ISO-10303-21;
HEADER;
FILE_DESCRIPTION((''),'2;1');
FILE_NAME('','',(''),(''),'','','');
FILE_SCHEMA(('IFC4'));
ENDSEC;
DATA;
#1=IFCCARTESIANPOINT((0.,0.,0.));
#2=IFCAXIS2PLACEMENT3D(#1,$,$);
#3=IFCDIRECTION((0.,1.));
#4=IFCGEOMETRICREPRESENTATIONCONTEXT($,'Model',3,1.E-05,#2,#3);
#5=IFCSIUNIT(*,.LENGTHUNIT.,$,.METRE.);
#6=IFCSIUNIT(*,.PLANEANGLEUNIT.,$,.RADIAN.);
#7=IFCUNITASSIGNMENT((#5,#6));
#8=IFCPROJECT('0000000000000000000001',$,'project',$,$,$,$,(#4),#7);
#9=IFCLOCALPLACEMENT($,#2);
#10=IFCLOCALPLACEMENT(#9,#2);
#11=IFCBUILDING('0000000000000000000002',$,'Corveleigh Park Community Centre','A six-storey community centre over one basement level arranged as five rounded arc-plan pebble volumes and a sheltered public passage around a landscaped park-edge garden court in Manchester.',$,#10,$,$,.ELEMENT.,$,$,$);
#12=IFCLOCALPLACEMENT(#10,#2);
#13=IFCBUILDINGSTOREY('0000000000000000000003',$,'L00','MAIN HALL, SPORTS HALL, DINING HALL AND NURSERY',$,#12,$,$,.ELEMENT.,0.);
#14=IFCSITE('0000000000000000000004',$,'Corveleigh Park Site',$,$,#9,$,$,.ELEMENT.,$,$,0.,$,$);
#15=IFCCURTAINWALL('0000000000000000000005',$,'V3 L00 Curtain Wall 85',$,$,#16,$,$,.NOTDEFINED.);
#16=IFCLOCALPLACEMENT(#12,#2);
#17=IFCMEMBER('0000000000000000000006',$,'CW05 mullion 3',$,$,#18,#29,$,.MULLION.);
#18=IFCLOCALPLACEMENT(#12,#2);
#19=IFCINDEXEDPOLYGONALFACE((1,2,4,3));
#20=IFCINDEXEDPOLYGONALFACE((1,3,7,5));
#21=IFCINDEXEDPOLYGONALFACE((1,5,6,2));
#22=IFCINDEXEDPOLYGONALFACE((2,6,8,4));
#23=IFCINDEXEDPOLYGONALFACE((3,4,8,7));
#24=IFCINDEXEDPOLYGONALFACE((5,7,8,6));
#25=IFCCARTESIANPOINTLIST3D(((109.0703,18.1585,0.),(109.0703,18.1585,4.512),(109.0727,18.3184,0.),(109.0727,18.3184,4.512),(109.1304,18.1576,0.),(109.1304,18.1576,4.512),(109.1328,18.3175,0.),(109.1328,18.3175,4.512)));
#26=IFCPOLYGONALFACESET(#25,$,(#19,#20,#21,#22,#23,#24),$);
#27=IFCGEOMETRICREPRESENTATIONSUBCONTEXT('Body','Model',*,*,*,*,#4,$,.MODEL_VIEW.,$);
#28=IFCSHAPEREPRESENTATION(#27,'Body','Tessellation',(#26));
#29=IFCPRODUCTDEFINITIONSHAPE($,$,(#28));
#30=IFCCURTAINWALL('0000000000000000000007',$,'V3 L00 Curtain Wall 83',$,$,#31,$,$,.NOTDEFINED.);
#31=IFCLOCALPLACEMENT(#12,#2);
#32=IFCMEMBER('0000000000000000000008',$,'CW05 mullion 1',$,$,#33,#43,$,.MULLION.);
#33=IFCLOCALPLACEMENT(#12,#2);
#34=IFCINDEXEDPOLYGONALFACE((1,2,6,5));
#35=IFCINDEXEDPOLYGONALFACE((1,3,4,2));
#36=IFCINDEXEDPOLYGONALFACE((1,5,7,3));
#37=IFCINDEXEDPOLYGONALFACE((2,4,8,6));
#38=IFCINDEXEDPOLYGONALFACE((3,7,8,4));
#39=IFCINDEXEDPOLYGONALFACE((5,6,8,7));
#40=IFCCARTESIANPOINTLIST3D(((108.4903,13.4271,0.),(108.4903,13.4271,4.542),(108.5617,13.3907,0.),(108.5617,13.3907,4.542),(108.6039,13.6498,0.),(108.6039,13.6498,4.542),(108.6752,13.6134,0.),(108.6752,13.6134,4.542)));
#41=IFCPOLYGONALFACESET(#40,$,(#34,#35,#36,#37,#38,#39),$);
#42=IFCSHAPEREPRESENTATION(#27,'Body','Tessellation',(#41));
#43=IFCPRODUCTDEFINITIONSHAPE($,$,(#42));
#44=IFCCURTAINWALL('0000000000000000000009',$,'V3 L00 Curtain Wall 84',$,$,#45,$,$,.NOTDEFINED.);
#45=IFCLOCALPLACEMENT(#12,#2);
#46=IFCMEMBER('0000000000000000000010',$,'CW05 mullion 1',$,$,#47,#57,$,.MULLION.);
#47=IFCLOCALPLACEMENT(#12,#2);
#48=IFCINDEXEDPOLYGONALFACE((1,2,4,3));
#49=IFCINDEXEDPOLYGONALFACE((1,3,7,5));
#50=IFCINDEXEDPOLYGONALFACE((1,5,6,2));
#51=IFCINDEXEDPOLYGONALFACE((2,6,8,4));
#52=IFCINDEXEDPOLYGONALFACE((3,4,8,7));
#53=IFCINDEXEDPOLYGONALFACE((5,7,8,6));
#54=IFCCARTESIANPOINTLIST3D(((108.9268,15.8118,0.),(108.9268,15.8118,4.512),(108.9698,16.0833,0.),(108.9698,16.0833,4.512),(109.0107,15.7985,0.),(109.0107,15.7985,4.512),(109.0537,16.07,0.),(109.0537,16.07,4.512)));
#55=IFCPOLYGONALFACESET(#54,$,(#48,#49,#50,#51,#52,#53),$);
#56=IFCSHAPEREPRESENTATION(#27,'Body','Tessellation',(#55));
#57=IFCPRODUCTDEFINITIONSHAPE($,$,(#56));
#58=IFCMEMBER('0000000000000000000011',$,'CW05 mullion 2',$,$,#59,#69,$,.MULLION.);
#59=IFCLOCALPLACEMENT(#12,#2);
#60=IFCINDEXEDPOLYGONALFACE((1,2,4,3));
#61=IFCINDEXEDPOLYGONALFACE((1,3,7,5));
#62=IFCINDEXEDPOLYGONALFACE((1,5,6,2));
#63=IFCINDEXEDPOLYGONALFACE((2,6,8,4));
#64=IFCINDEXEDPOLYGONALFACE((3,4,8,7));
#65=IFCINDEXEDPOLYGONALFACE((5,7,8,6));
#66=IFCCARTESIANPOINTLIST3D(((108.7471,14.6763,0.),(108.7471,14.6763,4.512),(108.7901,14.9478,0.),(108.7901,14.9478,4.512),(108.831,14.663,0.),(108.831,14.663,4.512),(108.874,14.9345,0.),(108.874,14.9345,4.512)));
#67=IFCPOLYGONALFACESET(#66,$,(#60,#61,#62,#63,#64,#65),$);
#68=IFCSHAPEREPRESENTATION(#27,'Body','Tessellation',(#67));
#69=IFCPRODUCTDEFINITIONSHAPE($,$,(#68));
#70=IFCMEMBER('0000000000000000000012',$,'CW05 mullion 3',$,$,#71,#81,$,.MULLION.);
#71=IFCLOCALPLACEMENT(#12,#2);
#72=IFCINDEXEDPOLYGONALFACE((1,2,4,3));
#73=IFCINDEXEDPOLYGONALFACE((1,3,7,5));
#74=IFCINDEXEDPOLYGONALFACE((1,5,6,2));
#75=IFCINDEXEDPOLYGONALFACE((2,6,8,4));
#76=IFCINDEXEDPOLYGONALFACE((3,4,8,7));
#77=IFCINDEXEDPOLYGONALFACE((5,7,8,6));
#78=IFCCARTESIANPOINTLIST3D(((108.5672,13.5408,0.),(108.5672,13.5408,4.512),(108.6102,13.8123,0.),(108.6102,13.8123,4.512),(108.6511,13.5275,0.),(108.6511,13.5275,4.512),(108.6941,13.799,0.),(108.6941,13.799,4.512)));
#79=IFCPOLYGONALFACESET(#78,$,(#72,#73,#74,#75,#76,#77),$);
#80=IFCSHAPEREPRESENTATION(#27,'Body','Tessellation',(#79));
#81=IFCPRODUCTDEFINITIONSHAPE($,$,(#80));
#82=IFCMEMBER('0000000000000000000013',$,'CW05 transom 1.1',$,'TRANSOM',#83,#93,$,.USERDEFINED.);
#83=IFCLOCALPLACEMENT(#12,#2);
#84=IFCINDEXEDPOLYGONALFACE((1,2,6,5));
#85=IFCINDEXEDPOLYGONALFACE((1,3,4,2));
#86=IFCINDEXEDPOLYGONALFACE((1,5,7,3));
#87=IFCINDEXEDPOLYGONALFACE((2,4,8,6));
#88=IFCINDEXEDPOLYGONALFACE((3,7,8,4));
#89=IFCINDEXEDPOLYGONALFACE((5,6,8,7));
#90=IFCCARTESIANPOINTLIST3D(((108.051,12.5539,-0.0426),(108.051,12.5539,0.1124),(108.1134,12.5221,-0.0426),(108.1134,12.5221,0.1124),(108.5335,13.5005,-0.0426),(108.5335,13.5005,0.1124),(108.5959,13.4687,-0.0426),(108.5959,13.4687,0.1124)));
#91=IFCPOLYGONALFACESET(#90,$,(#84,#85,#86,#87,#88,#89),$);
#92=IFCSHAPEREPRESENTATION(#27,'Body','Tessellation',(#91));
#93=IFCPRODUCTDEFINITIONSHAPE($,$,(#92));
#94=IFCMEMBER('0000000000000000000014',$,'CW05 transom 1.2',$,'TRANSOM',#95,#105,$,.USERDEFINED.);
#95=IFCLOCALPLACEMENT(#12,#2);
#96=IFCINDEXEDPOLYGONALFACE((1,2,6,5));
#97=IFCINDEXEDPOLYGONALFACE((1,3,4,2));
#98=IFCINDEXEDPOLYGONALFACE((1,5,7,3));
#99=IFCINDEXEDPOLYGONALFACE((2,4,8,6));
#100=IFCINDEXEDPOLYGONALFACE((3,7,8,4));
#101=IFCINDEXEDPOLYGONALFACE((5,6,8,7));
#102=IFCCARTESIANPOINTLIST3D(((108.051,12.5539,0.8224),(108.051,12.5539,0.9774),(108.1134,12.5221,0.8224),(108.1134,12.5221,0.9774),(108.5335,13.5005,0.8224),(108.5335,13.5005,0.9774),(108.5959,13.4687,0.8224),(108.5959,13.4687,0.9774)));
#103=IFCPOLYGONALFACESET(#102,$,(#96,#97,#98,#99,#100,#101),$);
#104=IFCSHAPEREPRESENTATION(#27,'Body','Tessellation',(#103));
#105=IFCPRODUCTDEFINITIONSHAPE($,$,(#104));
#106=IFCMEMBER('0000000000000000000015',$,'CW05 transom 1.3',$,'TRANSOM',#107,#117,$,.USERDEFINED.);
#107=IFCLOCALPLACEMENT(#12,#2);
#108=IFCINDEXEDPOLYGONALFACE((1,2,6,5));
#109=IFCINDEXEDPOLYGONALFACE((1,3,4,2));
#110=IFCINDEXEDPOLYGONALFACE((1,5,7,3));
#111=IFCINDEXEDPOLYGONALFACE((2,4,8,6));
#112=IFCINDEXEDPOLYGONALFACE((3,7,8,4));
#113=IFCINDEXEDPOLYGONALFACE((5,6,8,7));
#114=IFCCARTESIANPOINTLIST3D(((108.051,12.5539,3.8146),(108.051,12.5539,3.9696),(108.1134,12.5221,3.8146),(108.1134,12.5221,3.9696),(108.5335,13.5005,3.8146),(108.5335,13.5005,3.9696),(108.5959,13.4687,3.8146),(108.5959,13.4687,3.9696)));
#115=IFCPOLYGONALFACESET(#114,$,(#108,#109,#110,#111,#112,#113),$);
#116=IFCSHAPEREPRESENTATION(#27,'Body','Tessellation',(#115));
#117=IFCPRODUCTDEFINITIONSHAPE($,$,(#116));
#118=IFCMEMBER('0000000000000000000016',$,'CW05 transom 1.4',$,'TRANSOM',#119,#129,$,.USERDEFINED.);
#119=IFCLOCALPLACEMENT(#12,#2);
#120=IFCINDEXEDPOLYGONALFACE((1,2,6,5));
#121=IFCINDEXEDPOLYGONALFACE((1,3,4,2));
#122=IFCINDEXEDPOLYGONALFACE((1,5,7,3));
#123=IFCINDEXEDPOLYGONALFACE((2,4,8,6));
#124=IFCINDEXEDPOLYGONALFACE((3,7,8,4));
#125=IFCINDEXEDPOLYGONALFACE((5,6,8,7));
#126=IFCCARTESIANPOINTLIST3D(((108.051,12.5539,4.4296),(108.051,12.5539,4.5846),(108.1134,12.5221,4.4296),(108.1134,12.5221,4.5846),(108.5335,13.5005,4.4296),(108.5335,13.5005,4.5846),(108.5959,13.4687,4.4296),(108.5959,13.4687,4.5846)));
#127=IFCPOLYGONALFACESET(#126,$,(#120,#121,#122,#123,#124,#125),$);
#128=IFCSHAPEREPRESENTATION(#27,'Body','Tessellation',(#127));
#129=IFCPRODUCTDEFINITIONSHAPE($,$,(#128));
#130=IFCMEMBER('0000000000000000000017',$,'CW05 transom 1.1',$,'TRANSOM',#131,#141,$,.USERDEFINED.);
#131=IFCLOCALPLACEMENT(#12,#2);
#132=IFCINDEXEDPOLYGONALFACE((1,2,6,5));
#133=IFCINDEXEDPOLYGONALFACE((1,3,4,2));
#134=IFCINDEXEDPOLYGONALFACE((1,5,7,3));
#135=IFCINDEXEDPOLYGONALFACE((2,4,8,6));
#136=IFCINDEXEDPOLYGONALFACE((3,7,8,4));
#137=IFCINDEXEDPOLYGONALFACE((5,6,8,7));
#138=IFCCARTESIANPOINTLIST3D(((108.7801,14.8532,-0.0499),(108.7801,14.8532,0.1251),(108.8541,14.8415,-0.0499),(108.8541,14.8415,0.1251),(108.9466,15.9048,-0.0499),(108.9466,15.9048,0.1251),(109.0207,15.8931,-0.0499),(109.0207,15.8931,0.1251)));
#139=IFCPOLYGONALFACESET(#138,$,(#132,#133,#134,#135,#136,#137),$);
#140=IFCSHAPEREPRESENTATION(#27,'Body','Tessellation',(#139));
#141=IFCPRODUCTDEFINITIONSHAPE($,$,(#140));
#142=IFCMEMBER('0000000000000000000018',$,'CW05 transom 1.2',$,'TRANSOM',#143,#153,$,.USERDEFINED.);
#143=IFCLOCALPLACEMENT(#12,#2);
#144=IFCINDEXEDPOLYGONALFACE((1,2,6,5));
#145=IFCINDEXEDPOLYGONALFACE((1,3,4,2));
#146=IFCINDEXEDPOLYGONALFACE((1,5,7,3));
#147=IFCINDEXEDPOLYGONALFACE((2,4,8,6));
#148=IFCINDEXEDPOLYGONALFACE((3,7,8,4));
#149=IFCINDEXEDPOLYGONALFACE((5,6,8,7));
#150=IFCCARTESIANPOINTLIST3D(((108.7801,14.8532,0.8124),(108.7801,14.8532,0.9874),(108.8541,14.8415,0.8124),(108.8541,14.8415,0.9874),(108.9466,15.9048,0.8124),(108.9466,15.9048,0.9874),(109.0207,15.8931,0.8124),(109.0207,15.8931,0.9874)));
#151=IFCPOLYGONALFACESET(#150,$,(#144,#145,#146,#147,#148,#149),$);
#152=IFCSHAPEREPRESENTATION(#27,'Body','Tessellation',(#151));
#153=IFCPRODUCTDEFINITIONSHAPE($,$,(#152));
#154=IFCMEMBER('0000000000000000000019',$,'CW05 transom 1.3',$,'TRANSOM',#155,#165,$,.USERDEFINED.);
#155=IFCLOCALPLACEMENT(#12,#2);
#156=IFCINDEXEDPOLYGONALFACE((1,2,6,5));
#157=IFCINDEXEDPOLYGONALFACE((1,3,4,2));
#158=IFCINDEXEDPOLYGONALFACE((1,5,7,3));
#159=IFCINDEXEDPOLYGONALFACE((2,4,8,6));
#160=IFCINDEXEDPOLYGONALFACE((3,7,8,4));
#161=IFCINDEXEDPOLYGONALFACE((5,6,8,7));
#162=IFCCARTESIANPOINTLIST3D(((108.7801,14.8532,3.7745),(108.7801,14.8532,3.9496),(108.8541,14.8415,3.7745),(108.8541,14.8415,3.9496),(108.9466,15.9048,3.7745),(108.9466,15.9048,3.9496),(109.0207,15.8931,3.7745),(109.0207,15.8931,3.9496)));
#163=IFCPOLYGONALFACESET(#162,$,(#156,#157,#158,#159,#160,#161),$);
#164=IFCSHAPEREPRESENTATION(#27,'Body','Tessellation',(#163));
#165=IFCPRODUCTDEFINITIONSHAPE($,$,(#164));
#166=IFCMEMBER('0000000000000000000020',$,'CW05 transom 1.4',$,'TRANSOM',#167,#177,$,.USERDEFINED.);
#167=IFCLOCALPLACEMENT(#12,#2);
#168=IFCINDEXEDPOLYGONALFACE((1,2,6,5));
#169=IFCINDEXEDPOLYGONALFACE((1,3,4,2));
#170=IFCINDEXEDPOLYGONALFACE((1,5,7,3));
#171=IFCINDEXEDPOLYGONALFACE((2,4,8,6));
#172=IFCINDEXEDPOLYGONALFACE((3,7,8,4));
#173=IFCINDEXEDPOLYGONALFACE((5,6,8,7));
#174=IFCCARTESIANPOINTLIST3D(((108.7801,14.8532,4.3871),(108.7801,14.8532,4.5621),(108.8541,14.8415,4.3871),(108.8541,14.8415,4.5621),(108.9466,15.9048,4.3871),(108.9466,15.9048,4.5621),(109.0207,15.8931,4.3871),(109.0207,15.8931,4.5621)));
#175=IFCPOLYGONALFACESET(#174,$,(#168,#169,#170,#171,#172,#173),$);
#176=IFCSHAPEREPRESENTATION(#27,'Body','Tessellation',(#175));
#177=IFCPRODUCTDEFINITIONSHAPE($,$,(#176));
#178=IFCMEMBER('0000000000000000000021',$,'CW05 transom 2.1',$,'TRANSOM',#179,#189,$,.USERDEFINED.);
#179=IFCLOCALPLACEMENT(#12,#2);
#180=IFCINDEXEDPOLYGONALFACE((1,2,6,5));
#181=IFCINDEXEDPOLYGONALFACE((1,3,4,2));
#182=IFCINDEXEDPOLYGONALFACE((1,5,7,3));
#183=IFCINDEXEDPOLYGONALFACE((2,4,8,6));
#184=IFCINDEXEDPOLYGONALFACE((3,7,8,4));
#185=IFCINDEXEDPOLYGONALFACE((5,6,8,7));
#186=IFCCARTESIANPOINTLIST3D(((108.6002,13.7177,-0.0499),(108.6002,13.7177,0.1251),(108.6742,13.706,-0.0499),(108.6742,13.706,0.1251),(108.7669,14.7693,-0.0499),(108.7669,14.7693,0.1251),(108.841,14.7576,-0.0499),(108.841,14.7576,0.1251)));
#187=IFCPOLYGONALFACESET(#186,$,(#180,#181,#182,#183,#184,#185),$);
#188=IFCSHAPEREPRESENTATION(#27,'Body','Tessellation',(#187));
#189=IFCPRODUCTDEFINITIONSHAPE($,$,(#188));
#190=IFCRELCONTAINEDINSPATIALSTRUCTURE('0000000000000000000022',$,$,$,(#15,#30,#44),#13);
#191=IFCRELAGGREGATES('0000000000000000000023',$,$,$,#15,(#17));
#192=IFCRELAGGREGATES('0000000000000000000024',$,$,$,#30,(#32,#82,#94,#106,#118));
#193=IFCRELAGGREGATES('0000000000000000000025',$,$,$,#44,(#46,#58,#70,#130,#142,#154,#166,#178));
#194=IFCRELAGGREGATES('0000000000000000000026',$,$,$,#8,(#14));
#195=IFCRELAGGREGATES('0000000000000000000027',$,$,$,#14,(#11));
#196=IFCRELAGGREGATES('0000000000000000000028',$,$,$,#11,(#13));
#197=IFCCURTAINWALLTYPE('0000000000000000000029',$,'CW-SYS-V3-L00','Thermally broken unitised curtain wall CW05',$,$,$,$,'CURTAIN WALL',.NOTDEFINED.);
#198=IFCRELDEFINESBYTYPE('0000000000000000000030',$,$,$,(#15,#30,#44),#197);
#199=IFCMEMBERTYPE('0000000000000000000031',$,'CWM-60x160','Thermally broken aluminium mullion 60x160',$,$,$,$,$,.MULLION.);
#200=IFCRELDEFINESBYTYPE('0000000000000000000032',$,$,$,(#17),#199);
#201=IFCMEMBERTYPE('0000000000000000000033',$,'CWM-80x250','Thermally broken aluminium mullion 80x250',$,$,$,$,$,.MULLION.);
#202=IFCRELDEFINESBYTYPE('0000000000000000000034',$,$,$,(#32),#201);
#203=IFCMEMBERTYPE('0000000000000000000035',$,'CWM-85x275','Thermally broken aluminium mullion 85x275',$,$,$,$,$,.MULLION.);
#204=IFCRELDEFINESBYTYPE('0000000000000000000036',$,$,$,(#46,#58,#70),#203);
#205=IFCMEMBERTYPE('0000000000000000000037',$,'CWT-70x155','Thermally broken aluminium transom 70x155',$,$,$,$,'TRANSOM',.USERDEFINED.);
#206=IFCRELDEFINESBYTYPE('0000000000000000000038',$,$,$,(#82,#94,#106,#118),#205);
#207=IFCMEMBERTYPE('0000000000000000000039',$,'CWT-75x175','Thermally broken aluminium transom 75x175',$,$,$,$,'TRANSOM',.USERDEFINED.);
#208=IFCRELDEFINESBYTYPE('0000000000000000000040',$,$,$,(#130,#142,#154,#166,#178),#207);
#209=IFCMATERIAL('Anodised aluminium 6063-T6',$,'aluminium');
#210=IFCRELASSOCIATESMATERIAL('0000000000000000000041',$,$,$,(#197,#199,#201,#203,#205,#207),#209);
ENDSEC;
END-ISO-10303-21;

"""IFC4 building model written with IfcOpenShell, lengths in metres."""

from ifc_helpers import new_model, si_unit, direction, frame, origin, origin_2d, place, context, subcontext, project, spatial, rectangle, extrude, material, material_profile, profile_set, type_object, element, aggregate, save


model = new_model("IFC4")

# Units and contexts
model_context = context("Model", 3, precision=1e-05, world=origin(), true_north=direction((0.0, 1.0)))
body_context = subcontext(model_context, "Body", "Model", "MODEL_VIEW")
ifc_project = project(units=[si_unit("LENGTHUNIT", "METRE"), si_unit("PLANEANGLEUNIT", "RADIAN")], contexts=[model_context])

# Site, building, storey
site_placement = place(None, origin())
site = spatial("IfcSite", under=ifc_project, at=site_placement, Name="Corveleigh Park Site", CompositionType="ELEMENT", RefElevation=0.0)
building_placement = place(site_placement, origin())
building = spatial("IfcBuilding", under=site, at=building_placement, Name="Corveleigh Park Community Centre", Description="A six-storey community centre over one basement level arranged as five rounded arc-plan pebble volumes and a sheltered public passage around a landscaped park-edge garden court in Manchester.", CompositionType="ELEMENT")
storey_placement = place(building_placement, origin())
storey = spatial("IfcBuildingStorey", under=building, at=storey_placement, Name="L00", Description="MAIN HALL, SPORTS HALL, DINING HALL AND NURSERY", CompositionType="ELEMENT", Elevation=0.0)

# Curtain walls, members
ifc_material_1 = material(Name="Anodised aluminium 6063-T6", Category="aluminium")
curtain_wall_type = type_object("IfcCurtainWallType", Name="CW-SYS-V3-L00", Description="Thermally broken unitised curtain wall CW05", ElementType="CURTAIN WALL", PredefinedType="NOTDEFINED", material=ifc_material_1)
curtain_wall_1_placement = place(storey_placement, origin())
curtain_wall_1 = element("IfcCurtainWall", 1, at=curtain_wall_1_placement, inside=storey, type_object=curtain_wall_type, Name="V3 L00 Curtain Wall 85", PredefinedType="NOTDEFINED")
ifc_material_profile_1 = material_profile(ifc_material_1, rectangle(XDim=0.0601, YDim=0.1599, at=origin_2d()), Name="ALU-M60x160", Category="aluminium")
ifc_profile_set_1 = profile_set([ifc_material_profile_1], Name="Anodised aluminium 6063-T6")
member_type_1 = type_object("IfcMemberType", Name="CWM-60x160", Description="Thermally broken aluminium mullion 60x160", PredefinedType="MULLION", material=ifc_profile_set_1)
member_1_placement = place(storey_placement, frame((109.1016, 18.238, 0.0), z_axis=(0.0, 0.0, 1.0), x_axis=(0.999886, -0.015115, 0.0)))
member_1 = element("IfcMember", 2, at=member_1_placement, type_object=member_type_1, Name="CW05 mullion 3", PredefinedType="MULLION", context=body_context, shape_type="SweptSolid", body=[
    extrude(rectangle(XDim=0.0601, YDim=0.1599, at=origin_2d()), origin(), (0.0, 0.0, 1.0), 4.512),
])
curtain_wall_2_placement = place(storey_placement, origin())
curtain_wall_2 = element("IfcCurtainWall", 3, at=curtain_wall_2_placement, inside=storey, type_object=curtain_wall_type, Name="V3 L00 Curtain Wall 83", PredefinedType="NOTDEFINED")
ifc_material_profile_2 = material_profile(ifc_material_1, rectangle(XDim=0.0801, YDim=0.25, at=origin_2d()), Name="ALU-M80x250", Category="aluminium")
ifc_profile_set_2 = profile_set([ifc_material_profile_2], Name="Anodised aluminium 6063-T6")
member_type_2 = type_object("IfcMemberType", Name="CWM-80x250", Description="Thermally broken aluminium mullion 80x250", PredefinedType="MULLION", material=ifc_profile_set_2)
member_2_placement = place(storey_placement, frame((108.5828, 13.5203, 0.0), z_axis=(0.0, 0.0, 1.0), x_axis=(0.890933, -0.454135, 0.0)))
member_2 = element("IfcMember", 4, at=member_2_placement, type_object=member_type_2, Name="CW05 mullion 1", PredefinedType="MULLION", context=body_context, shape_type="SweptSolid", body=[
    extrude(rectangle(XDim=0.0801, YDim=0.25, at=origin_2d()), origin(), (0.0, 0.0, 1.0), 4.542),
])

# Curtain wall, members
curtain_wall_3_placement = place(storey_placement, origin())
curtain_wall_3 = element("IfcCurtainWall", 5, at=curtain_wall_3_placement, inside=storey, type_object=curtain_wall_type, Name="V3 L00 Curtain Wall 84", PredefinedType="NOTDEFINED")
ifc_material_profile_3 = material_profile(ifc_material_1, rectangle(XDim=0.085, YDim=0.2749, at=origin_2d()), Name="ALU-M85x275", Category="aluminium")
ifc_profile_set_3 = profile_set([ifc_material_profile_3], Name="Anodised aluminium 6063-T6")
member_type_3 = type_object("IfcMemberType", Name="CWM-85x275", Description="Thermally broken aluminium mullion 85x275", PredefinedType="MULLION", material=ifc_profile_set_3)
member_3_placement = place(storey_placement, frame((108.9902, 15.9409, 0.0), z_axis=(0.0, 0.0, 1.0), x_axis=(0.987688, -0.156436, 0.0)))
member_3 = element("IfcMember", 6, at=member_3_placement, type_object=member_type_3, Name="CW05 mullion 1", PredefinedType="MULLION", context=body_context, shape_type="SweptSolid", body=[
    extrude(rectangle(XDim=0.085, YDim=0.2749, at=origin_2d()), origin(), (0.0, 0.0, 1.0), 4.512),
])
member_4_placement = place(storey_placement, frame((108.8105, 14.8054, 0.0), z_axis=(0.0, 0.0, 1.0), x_axis=(0.987688, -0.156436, 0.0)))
member_4 = element("IfcMember", 7, at=member_4_placement, type_object=member_type_3, Name="CW05 mullion 2", PredefinedType="MULLION", context=body_context, shape_type="SweptSolid", body=[
    extrude(rectangle(XDim=0.085, YDim=0.2749, at=origin_2d()), origin(), (0.0, 0.0, 1.0), 4.512),
])
member_5_placement = place(storey_placement, frame((108.6306, 13.6699, 0.0), z_axis=(0.0, 0.0, 1.0), x_axis=(0.987688, -0.156436, 0.0)))
member_5 = element("IfcMember", 8, at=member_5_placement, type_object=member_type_3, Name="CW05 mullion 3", PredefinedType="MULLION", context=body_context, shape_type="SweptSolid", body=[
    extrude(rectangle(XDim=0.085, YDim=0.2749, at=origin_2d()), origin(), (0.0, 0.0, 1.0), 4.512),
])

# Members
ifc_material_profile_4 = material_profile(ifc_material_1, rectangle(XDim=0.0701, YDim=0.155, at=origin_2d()), Name="ALU-T70x155", Category="aluminium")
ifc_profile_set_4 = profile_set([ifc_material_profile_4], Name="Anodised aluminium 6063-T6")
member_type_4 = type_object("IfcMemberType", Name="CWT-70x155", Description="Thermally broken aluminium transom 70x155", ElementType="TRANSOM", PredefinedType="USERDEFINED", material=ifc_profile_set_4)
member_6_placement = place(storey_placement, frame((108.5647, 13.4846, 0.0349), z_axis=(-0.454094, -0.890954, 0.0), x_axis=(0.890954, -0.454094, 0.0)))
member_6 = element("IfcMember", 9, at=member_6_placement, type_object=member_type_4, Name="CW05 transom 1.1", ObjectType="TRANSOM", PredefinedType="USERDEFINED", context=body_context, shape_type="SweptSolid", body=[
    extrude(rectangle(XDim=0.0701, YDim=0.155, at=origin_2d()), origin(), (0.0, 0.0, 1.0), 1.0625),
])
member_7_placement = place(storey_placement, frame((108.5647, 13.4846, 0.8999), z_axis=(-0.454094, -0.890954, 0.0), x_axis=(0.890954, -0.454094, 0.0)))
member_7 = element("IfcMember", 10, at=member_7_placement, type_object=member_type_4, Name="CW05 transom 1.2", ObjectType="TRANSOM", PredefinedType="USERDEFINED", context=body_context, shape_type="SweptSolid", body=[
    extrude(rectangle(XDim=0.0701, YDim=0.155, at=origin_2d()), origin(), (0.0, 0.0, 1.0), 1.0625),
])
member_8_placement = place(storey_placement, frame((108.5647, 13.4846, 3.8921), z_axis=(-0.454094, -0.890954, 0.0), x_axis=(0.890954, -0.454094, 0.0)))
member_8 = element("IfcMember", 11, at=member_8_placement, type_object=member_type_4, Name="CW05 transom 1.3", ObjectType="TRANSOM", PredefinedType="USERDEFINED", context=body_context, shape_type="SweptSolid", body=[
    extrude(rectangle(XDim=0.0701, YDim=0.155, at=origin_2d()), origin(), (0.0, 0.0, 1.0), 1.0625),
])
member_9_placement = place(storey_placement, frame((108.5647, 13.4846, 4.5071), z_axis=(-0.454094, -0.890954, 0.0), x_axis=(0.890954, -0.454094, 0.0)))
member_9 = element("IfcMember", 12, at=member_9_placement, type_object=member_type_4, Name="CW05 transom 1.4", ObjectType="TRANSOM", PredefinedType="USERDEFINED", context=body_context, shape_type="SweptSolid", body=[
    extrude(rectangle(XDim=0.0701, YDim=0.155, at=origin_2d()), origin(), (0.0, 0.0, 1.0), 1.0625),
])
ifc_material_profile_5 = material_profile(ifc_material_1, rectangle(XDim=0.075, YDim=0.175, at=origin_2d()), Name="ALU-T75x175", Category="aluminium")
ifc_profile_set_5 = profile_set([ifc_material_profile_5], Name="Anodised aluminium 6063-T6")
member_type_5 = type_object("IfcMemberType", Name="CWT-75x175", Description="Thermally broken aluminium transom 75x175", ElementType="TRANSOM", PredefinedType="USERDEFINED", material=ifc_profile_set_5)
member_10_placement = place(storey_placement, frame((108.9836, 15.8989, 0.0376), z_axis=(-0.156398, -0.987694, 0.0), x_axis=(0.987694, -0.156398, 0.0)))
member_10 = element("IfcMember", 13, at=member_10_placement, type_object=member_type_5, Name="CW05 transom 1.1", ObjectType="TRANSOM", PredefinedType="USERDEFINED", context=body_context, shape_type="SweptSolid", body=[
    extrude(rectangle(XDim=0.075, YDim=0.175, at=origin_2d()), origin(), (0.0, 0.0, 1.0), 1.0647),
])
member_11_placement = place(storey_placement, frame((108.9836, 15.8989, 0.8999), z_axis=(-0.156398, -0.987694, 0.0), x_axis=(0.987694, -0.156398, 0.0)))
member_11 = element("IfcMember", 14, at=member_11_placement, type_object=member_type_5, Name="CW05 transom 1.2", ObjectType="TRANSOM", PredefinedType="USERDEFINED", context=body_context, shape_type="SweptSolid", body=[
    extrude(rectangle(XDim=0.075, YDim=0.175, at=origin_2d()), origin(), (0.0, 0.0, 1.0), 1.0647),
])
member_12_placement = place(storey_placement, frame((108.9836, 15.8989, 3.8621), z_axis=(-0.156398, -0.987694, 0.0), x_axis=(0.987694, -0.156398, 0.0)))
member_12 = element("IfcMember", 15, at=member_12_placement, type_object=member_type_5, Name="CW05 transom 1.3", ObjectType="TRANSOM", PredefinedType="USERDEFINED", context=body_context, shape_type="SweptSolid", body=[
    extrude(rectangle(XDim=0.075, YDim=0.175, at=origin_2d()), origin(), (0.0, 0.0, 1.0), 1.0647),
])
member_13_placement = place(storey_placement, frame((108.9836, 15.8989, 4.4746), z_axis=(-0.156398, -0.987694, 0.0), x_axis=(0.987694, -0.156398, 0.0)))
member_13 = element("IfcMember", 16, at=member_13_placement, type_object=member_type_5, Name="CW05 transom 1.4", ObjectType="TRANSOM", PredefinedType="USERDEFINED", context=body_context, shape_type="SweptSolid", body=[
    extrude(rectangle(XDim=0.075, YDim=0.175, at=origin_2d()), origin(), (0.0, 0.0, 1.0), 1.0647),
])
member_14_placement = place(storey_placement, frame((108.804, 14.7634, 0.0376), z_axis=(-0.156622, -0.987659, 0.0), x_axis=(0.987659, -0.156622, 0.0)))
member_14 = element("IfcMember", 17, at=member_14_placement, type_object=member_type_5, Name="CW05 transom 2.1", ObjectType="TRANSOM", PredefinedType="USERDEFINED", context=body_context, shape_type="SweptSolid", body=[
    extrude(rectangle(XDim=0.075, YDim=0.175, at=origin_2d()), origin(), (0.0, 0.0, 1.0), 1.0647),
])

aggregate(curtain_wall_1, [member_1])
aggregate(curtain_wall_2, [member_2, member_6, member_7, member_8, member_9])
aggregate(curtain_wall_3, [member_3, member_4, member_5, member_10, member_11, member_12, member_13, member_14])

save(model, "model.ifc")
